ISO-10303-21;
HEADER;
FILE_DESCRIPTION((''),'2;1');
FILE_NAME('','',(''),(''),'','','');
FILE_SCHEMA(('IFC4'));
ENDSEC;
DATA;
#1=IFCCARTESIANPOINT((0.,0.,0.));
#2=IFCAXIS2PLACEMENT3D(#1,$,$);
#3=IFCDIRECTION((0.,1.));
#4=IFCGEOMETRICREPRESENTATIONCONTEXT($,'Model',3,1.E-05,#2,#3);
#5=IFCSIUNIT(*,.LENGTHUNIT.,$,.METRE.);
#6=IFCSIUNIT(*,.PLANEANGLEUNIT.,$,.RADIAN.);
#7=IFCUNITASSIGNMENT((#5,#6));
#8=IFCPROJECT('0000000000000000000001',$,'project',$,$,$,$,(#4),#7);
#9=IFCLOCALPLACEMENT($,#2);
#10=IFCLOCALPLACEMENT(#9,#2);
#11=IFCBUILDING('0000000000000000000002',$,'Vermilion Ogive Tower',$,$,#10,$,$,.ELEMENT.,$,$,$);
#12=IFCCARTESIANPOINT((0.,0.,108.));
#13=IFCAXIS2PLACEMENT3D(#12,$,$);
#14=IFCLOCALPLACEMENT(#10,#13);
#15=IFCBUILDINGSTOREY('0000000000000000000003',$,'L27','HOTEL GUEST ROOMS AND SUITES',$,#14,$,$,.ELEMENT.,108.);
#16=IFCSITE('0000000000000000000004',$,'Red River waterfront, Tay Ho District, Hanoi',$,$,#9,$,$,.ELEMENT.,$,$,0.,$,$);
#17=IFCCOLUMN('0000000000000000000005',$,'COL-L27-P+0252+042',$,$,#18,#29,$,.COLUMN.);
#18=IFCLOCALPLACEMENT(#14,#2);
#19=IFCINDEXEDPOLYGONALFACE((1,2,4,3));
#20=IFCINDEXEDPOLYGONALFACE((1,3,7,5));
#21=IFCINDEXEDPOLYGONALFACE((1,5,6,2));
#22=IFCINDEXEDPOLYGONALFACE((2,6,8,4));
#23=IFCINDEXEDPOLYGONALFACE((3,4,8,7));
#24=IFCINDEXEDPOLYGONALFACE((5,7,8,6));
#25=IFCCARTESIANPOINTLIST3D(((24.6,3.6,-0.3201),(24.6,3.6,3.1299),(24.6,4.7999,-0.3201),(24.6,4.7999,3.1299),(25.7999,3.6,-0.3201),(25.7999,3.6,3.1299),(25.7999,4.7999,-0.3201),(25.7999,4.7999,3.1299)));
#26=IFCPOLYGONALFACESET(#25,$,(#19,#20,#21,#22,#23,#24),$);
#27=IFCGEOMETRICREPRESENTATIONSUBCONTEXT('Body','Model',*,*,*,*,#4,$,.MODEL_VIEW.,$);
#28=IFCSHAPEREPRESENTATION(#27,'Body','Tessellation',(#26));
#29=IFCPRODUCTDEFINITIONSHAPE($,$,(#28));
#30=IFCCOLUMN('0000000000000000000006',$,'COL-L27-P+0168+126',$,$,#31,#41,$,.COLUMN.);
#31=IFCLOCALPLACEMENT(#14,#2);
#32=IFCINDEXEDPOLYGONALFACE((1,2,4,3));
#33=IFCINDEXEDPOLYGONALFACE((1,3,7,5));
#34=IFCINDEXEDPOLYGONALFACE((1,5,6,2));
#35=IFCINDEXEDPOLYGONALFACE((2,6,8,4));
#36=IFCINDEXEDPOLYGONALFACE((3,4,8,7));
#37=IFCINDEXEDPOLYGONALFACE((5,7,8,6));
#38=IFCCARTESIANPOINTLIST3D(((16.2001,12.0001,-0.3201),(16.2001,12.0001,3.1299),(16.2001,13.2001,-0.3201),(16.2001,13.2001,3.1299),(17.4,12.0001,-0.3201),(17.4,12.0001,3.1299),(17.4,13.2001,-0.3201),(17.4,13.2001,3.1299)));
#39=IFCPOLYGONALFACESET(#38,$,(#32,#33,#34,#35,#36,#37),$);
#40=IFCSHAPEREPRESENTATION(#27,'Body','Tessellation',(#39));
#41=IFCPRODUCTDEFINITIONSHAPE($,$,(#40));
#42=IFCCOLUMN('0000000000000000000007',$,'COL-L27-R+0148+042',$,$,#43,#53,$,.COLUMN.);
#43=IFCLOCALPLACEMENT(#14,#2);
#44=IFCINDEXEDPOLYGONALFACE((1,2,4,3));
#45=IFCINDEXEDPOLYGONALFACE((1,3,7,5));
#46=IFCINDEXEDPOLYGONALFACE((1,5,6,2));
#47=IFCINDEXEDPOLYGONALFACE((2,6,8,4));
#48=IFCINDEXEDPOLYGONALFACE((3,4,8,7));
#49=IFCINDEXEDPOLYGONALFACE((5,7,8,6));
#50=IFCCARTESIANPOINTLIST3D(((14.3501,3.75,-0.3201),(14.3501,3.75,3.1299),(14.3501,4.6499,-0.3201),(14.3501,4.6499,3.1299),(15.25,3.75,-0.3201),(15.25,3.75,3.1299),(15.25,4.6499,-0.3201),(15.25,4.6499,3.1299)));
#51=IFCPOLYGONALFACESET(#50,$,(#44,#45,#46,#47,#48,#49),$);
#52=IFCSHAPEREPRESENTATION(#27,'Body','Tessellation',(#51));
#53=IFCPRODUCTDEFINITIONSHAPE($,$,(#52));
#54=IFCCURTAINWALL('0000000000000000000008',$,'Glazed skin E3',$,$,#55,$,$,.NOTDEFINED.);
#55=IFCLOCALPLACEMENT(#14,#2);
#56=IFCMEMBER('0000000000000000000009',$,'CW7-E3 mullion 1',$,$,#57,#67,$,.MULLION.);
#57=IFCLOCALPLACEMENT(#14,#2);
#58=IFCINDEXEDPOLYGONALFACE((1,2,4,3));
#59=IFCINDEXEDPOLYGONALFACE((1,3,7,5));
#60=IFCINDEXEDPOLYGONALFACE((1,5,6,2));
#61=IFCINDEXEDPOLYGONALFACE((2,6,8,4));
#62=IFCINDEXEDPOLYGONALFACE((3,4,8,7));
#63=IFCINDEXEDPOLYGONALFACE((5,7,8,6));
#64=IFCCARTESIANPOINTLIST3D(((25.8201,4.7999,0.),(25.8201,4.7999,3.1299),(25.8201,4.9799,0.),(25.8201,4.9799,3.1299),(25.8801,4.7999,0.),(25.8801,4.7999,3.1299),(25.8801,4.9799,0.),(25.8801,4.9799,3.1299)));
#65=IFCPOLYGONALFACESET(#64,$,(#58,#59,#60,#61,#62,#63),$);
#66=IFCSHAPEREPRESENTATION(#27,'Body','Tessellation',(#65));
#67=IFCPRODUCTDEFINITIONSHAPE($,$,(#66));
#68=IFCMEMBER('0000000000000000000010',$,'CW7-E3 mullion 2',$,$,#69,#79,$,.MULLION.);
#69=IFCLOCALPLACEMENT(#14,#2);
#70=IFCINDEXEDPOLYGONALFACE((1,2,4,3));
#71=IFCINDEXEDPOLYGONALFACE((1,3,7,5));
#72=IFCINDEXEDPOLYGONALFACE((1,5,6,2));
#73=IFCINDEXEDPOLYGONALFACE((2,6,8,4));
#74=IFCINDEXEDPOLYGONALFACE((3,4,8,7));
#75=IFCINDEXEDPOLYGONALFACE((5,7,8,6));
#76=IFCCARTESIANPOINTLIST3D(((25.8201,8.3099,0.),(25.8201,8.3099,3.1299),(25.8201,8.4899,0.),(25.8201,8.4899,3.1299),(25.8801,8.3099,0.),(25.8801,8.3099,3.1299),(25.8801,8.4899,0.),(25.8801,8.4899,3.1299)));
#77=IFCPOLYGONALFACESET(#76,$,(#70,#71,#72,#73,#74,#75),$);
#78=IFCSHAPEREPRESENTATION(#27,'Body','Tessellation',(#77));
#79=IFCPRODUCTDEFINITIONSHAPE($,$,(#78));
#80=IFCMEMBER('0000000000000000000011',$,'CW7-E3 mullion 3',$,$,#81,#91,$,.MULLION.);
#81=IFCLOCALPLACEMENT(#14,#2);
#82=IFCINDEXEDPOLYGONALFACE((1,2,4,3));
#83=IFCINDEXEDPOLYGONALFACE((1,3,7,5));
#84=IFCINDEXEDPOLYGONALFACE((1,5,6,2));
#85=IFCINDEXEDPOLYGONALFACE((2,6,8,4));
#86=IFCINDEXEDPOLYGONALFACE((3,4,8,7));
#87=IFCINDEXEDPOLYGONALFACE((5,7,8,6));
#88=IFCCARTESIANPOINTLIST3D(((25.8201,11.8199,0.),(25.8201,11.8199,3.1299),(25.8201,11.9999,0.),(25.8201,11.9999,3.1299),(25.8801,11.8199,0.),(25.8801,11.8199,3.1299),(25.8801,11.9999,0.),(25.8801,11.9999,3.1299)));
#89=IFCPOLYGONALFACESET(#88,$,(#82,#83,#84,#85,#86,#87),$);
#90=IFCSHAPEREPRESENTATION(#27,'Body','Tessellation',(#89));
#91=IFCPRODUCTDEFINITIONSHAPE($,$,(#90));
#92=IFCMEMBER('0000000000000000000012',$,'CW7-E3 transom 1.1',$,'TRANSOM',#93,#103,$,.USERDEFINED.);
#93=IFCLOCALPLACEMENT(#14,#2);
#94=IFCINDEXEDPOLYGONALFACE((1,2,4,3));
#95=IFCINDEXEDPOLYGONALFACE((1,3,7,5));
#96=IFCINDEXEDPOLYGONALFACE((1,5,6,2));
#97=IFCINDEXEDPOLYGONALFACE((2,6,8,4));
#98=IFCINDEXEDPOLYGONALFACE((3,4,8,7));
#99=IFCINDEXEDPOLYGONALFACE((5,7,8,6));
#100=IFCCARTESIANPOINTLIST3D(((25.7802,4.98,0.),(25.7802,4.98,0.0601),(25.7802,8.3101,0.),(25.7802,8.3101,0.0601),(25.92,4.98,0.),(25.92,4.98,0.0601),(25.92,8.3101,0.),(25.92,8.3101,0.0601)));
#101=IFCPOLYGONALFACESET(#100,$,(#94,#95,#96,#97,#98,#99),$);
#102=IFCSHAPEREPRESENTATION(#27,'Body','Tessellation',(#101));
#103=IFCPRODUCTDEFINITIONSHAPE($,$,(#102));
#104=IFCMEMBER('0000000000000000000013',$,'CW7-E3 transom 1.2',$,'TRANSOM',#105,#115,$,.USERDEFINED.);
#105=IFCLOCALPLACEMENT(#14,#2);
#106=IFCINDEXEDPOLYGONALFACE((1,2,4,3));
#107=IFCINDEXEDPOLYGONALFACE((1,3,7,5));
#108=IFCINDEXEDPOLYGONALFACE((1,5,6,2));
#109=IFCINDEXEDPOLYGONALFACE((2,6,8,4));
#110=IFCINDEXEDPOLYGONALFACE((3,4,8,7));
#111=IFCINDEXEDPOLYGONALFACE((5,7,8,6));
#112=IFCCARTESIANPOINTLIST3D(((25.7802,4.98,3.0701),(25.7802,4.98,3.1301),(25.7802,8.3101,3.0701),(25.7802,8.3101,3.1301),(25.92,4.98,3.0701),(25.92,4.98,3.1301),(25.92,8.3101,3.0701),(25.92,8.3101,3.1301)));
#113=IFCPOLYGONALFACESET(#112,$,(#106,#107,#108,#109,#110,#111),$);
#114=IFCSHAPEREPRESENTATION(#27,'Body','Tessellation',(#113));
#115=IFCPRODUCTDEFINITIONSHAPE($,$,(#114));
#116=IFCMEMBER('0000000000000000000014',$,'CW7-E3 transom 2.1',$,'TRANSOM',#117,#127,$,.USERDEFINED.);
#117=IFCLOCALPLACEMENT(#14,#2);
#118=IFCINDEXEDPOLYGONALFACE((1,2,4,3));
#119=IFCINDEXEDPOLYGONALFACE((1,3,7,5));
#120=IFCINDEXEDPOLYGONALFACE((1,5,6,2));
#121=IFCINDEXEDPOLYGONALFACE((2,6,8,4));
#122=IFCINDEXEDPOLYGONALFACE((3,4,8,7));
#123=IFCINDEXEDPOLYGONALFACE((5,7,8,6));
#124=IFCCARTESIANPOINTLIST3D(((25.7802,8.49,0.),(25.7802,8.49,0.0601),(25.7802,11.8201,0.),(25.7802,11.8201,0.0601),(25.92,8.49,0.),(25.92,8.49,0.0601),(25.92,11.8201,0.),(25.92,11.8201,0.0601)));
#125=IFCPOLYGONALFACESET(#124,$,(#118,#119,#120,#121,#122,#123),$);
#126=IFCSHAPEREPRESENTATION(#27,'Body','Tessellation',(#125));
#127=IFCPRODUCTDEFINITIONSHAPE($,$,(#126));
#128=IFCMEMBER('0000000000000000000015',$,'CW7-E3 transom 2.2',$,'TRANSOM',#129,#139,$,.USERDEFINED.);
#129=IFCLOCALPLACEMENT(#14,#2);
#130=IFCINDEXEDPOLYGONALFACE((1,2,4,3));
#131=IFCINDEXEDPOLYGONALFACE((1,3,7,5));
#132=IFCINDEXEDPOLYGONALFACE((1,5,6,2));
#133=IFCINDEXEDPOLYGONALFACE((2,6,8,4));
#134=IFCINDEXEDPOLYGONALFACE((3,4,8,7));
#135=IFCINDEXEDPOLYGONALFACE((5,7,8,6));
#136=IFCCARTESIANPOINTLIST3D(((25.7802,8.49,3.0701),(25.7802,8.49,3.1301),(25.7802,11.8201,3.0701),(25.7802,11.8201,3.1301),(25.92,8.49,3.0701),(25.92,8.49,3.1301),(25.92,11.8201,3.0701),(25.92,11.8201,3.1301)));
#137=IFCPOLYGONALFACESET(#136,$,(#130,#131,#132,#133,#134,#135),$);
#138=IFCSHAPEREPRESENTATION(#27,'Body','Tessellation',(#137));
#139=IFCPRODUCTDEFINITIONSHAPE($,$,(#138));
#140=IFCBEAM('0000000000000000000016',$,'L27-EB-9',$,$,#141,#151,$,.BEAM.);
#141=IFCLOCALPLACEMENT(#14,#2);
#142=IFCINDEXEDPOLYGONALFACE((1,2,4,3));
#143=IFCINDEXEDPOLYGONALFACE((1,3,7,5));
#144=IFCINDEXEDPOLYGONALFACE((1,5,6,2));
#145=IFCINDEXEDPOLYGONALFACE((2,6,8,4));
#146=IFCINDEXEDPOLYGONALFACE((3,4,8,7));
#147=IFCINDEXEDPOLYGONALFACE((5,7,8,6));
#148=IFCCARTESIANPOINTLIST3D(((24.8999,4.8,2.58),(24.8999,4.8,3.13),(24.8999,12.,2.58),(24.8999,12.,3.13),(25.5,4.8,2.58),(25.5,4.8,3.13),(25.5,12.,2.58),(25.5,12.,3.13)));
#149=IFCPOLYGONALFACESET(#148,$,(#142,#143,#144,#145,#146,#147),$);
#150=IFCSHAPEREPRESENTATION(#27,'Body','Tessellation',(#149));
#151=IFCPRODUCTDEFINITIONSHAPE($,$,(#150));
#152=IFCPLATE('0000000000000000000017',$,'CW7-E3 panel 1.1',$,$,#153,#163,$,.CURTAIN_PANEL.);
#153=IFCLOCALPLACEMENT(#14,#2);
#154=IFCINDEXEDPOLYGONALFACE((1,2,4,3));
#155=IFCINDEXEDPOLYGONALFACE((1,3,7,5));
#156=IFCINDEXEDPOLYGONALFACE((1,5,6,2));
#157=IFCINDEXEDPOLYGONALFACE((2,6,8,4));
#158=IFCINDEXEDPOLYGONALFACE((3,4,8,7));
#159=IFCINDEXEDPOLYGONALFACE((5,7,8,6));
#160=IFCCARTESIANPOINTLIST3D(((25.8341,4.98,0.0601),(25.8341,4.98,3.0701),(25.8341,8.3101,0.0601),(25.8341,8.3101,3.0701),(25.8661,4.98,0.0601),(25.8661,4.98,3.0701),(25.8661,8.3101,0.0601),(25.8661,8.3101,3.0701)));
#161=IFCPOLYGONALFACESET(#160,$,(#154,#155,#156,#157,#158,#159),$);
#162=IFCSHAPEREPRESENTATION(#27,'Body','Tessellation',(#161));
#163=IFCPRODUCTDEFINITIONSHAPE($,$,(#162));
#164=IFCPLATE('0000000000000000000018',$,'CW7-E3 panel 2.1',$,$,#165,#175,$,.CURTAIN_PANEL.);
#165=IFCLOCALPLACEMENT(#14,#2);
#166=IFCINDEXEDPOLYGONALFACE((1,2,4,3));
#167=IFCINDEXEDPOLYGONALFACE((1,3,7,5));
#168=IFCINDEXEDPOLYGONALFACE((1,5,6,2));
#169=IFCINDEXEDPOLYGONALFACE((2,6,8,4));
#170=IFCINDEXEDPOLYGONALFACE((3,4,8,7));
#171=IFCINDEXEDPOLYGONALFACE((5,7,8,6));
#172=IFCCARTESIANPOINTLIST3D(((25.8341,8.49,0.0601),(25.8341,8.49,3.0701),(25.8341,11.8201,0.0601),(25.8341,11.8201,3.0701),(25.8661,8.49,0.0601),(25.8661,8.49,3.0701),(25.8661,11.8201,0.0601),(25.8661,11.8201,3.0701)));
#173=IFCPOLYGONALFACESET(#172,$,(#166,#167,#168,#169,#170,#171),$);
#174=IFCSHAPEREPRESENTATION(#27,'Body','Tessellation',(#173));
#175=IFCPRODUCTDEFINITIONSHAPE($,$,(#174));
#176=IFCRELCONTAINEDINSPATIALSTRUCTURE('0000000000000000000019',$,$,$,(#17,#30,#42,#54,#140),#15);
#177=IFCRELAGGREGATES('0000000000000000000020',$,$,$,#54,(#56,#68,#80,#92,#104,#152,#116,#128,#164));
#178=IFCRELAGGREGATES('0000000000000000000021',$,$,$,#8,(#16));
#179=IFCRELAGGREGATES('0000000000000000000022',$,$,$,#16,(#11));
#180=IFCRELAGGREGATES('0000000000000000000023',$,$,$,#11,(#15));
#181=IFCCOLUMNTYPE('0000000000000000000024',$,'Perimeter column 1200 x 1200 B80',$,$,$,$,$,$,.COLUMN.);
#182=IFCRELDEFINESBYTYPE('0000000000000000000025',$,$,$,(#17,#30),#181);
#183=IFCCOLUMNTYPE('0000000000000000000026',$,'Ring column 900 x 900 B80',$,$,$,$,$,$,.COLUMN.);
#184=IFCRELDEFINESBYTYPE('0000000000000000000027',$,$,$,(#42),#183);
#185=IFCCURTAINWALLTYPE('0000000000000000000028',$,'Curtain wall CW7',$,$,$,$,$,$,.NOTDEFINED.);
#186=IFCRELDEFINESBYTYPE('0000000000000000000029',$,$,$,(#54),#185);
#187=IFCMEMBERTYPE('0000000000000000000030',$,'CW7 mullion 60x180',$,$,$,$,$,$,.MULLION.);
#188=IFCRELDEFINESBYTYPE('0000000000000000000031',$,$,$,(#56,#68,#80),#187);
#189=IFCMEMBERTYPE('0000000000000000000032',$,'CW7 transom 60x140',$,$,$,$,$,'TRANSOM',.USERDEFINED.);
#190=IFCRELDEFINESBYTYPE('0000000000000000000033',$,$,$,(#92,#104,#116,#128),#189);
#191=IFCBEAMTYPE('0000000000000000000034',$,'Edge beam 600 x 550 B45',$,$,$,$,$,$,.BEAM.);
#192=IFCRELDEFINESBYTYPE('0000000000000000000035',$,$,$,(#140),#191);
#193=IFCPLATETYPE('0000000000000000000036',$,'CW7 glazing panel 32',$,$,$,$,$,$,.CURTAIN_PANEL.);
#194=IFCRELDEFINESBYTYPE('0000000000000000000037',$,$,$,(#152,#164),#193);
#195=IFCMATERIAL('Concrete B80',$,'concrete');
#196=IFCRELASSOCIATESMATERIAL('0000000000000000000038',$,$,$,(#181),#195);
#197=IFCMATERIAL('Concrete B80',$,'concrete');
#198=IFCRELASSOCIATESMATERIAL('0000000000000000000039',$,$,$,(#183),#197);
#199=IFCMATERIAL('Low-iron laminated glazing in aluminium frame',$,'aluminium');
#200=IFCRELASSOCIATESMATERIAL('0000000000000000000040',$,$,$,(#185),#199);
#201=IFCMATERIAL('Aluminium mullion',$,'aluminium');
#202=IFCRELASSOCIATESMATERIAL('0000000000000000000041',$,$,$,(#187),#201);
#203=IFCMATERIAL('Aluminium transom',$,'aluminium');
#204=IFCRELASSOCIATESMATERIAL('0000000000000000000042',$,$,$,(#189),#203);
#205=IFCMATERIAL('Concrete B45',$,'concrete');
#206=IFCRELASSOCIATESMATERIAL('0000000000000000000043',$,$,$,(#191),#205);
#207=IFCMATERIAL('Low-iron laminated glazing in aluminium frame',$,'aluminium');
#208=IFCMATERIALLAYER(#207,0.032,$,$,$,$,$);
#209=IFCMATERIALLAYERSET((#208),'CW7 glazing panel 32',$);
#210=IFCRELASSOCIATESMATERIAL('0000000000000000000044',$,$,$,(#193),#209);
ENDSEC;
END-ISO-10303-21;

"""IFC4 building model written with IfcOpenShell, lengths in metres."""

from ifc_helpers import new_model, si_unit, direction, frame, origin, origin_2d, place, context, subcontext, project, spatial, rectangle, extrude, material, layer, layer_set, material_profile, profile_set, type_object, element, aggregate, save


model = new_model("IFC4")

# Units and contexts
model_context = context("Model", 3, precision=1e-05, world=origin(), true_north=direction((0.0, 1.0)))
body_context = subcontext(model_context, "Body", "Model", "MODEL_VIEW")
ifc_project = project(units=[si_unit("LENGTHUNIT", "METRE"), si_unit("PLANEANGLEUNIT", "RADIAN")], contexts=[model_context])

# Site, building, storey
site_placement = place(None, origin())
site = spatial("IfcSite", under=ifc_project, at=site_placement, Name="Red River waterfront, Tay Ho District, Hanoi", CompositionType="ELEMENT", RefElevation=0.0)
building_placement = place(site_placement, origin())
building = spatial("IfcBuilding", under=site, at=building_placement, Name="Vermilion Ogive Tower", CompositionType="ELEMENT")
storey_placement = place(building_placement, frame((0.0, 0.0, 108.0)))
storey = spatial("IfcBuildingStorey", under=building, at=storey_placement, Name="L27", Description="HOTEL GUEST ROOMS AND SUITES", CompositionType="ELEMENT", Elevation=108.0)

# Columns
ifc_material_1 = material(Name="Concrete B80", Category="concrete")
ifc_material_profile_1 = material_profile(ifc_material_1, rectangle(XDim=1.2, YDim=1.2, at=origin_2d()), Name="1200 x 1200")
ifc_profile_set_1 = profile_set([ifc_material_profile_1], Name="Concrete B80")
column_type_1 = type_object("IfcColumnType", Name="Perimeter column 1200 x 1200 B80", PredefinedType="COLUMN", material=ifc_profile_set_1)
for number, where, z_axis, x_axis, name in (
    (1, (25.2, 4.2, -0.3201), (0.0, 0.0, 1.0), (1.0, 0.0, 0.0), "COL-L27-P+0252+042"),
    (2, (16.8, 12.6001, -0.3201), (0.0, 0.0, 1.0), (1.0, 0.0, 0.0), "COL-L27-P+0168+126"),
):
    element("IfcColumn", number, at=place(storey_placement, frame(where, z_axis=z_axis, x_axis=x_axis)), inside=storey, type_object=column_type_1, Name=name, PredefinedType="COLUMN", context=body_context, shape_type="SweptSolid", body=[
        extrude(rectangle(XDim=1.2, YDim=1.2, at=origin_2d()), origin(), (0.0, 0.0, 1.0), 3.45),
    ])
ifc_material_2 = material(Name="Concrete B80", Category="concrete")
ifc_material_profile_2 = material_profile(ifc_material_2, rectangle(XDim=0.8999, YDim=0.8999, at=origin_2d()), Name="900 x 900")
ifc_profile_set_2 = profile_set([ifc_material_profile_2], Name="Concrete B80")
column_type_2 = type_object("IfcColumnType", Name="Ring column 900 x 900 B80", PredefinedType="COLUMN", material=ifc_profile_set_2)
column_placement = place(storey_placement, frame((14.8, 4.2, -0.3201), z_axis=(0.0, 0.0, 1.0), x_axis=(1.0, 0.0, 0.0)))
element("IfcColumn", 3, at=column_placement, inside=storey, type_object=column_type_2, Name="COL-L27-R+0148+042", PredefinedType="COLUMN", context=body_context, shape_type="SweptSolid", body=[
    extrude(rectangle(XDim=0.8999, YDim=0.8999, at=origin_2d()), origin(), (0.0, 0.0, 1.0), 3.45),
])

# Curtain wall, members
ifc_material_3 = material(Name="Low-iron laminated glazing in aluminium frame", Category="aluminium")
curtain_wall_type = type_object("IfcCurtainWallType", Name="Curtain wall CW7", PredefinedType="NOTDEFINED", material=ifc_material_3)
curtain_wall_placement = place(storey_placement, origin())
curtain_wall = element("IfcCurtainWall", 4, at=curtain_wall_placement, inside=storey, type_object=curtain_wall_type, Name="Glazed skin E3", PredefinedType="NOTDEFINED")
ifc_material_4 = material(Name="Aluminium mullion", Category="aluminium")
ifc_material_profile_3 = material_profile(ifc_material_4, rectangle(XDim=0.0601, YDim=0.1799, at=origin_2d()), Name="AL 60x180")
ifc_profile_set_3 = profile_set([ifc_material_profile_3], Name="Aluminium mullion")
member_type_1 = type_object("IfcMemberType", Name="CW7 mullion 60x180", PredefinedType="MULLION", material=ifc_profile_set_3)
member_1_placement = place(storey_placement, frame((25.8501, 4.8899, 0.0), z_axis=(0.0, 0.0, 1.0), x_axis=(-1.0, 0.0, 0.0)))
member_1 = element("IfcMember", 5, at=member_1_placement, type_object=member_type_1, Name="CW7-E3 mullion 1", PredefinedType="MULLION", context=body_context, shape_type="SweptSolid", body=[
    extrude(rectangle(XDim=0.0601, YDim=0.1799, at=origin_2d()), origin(), (0.0, 0.0, 1.0), 3.1299),
])
member_2_placement = place(storey_placement, frame((25.8501, 8.3999, 0.0), z_axis=(0.0, 0.0, 1.0), x_axis=(-1.0, 0.0, 0.0)))
member_2 = element("IfcMember", 6, at=member_2_placement, type_object=member_type_1, Name="CW7-E3 mullion 2", PredefinedType="MULLION", context=body_context, shape_type="SweptSolid", body=[
    extrude(rectangle(XDim=0.0601, YDim=0.1799, at=origin_2d()), origin(), (0.0, 0.0, 1.0), 3.1299),
])
member_3_placement = place(storey_placement, frame((25.8501, 11.9099, 0.0), z_axis=(0.0, 0.0, 1.0), x_axis=(-1.0, 0.0, 0.0)))
member_3 = element("IfcMember", 7, at=member_3_placement, type_object=member_type_1, Name="CW7-E3 mullion 3", PredefinedType="MULLION", context=body_context, shape_type="SweptSolid", body=[
    extrude(rectangle(XDim=0.0601, YDim=0.1799, at=origin_2d()), origin(), (0.0, 0.0, 1.0), 3.1299),
])
ifc_material_5 = material(Name="Aluminium transom", Category="aluminium")
ifc_material_profile_4 = material_profile(ifc_material_5, rectangle(XDim=0.1399, YDim=0.0601, at=origin_2d()), Name="AL 60x140")
ifc_profile_set_4 = profile_set([ifc_material_profile_4], Name="Aluminium transom")
member_type_2 = type_object("IfcMemberType", Name="CW7 transom 60x140", ElementType="TRANSOM", PredefinedType="USERDEFINED", material=ifc_profile_set_4)
member_4_placement = place(storey_placement, frame((25.8501, 4.98, 0.03), z_axis=(0.0, 1.0, 0.0), x_axis=(-1.0, 0.0, 0.0)))
member_4 = element("IfcMember", 8, at=member_4_placement, type_object=member_type_2, Name="CW7-E3 transom 1.1", ObjectType="TRANSOM", PredefinedType="USERDEFINED", context=body_context, shape_type="SweptSolid", body=[
    extrude(rectangle(XDim=0.1399, YDim=0.0601, at=origin_2d()), origin(), (0.0, 0.0, 1.0), 3.3301),
])
member_5_placement = place(storey_placement, frame((25.8501, 4.98, 3.1001), z_axis=(0.0, 1.0, 0.0), x_axis=(-1.0, 0.0, 0.0)))
member_5 = element("IfcMember", 9, at=member_5_placement, type_object=member_type_2, Name="CW7-E3 transom 1.2", ObjectType="TRANSOM", PredefinedType="USERDEFINED", context=body_context, shape_type="SweptSolid", body=[
    extrude(rectangle(XDim=0.1399, YDim=0.0601, at=origin_2d()), origin(), (0.0, 0.0, 1.0), 3.3301),
])
member_6_placement = place(storey_placement, frame((25.8501, 8.49, 0.03), z_axis=(0.0, 1.0, 0.0), x_axis=(-1.0, 0.0, 0.0)))
member_6 = element("IfcMember", 10, at=member_6_placement, type_object=member_type_2, Name="CW7-E3 transom 2.1", ObjectType="TRANSOM", PredefinedType="USERDEFINED", context=body_context, shape_type="SweptSolid", body=[
    extrude(rectangle(XDim=0.1399, YDim=0.0601, at=origin_2d()), origin(), (0.0, 0.0, 1.0), 3.3301),
])
member_7_placement = place(storey_placement, frame((25.8501, 8.49, 3.1001), z_axis=(0.0, 1.0, 0.0), x_axis=(-1.0, 0.0, 0.0)))
member_7 = element("IfcMember", 11, at=member_7_placement, type_object=member_type_2, Name="CW7-E3 transom 2.2", ObjectType="TRANSOM", PredefinedType="USERDEFINED", context=body_context, shape_type="SweptSolid", body=[
    extrude(rectangle(XDim=0.1399, YDim=0.0601, at=origin_2d()), origin(), (0.0, 0.0, 1.0), 3.3301),
])

# Beam
ifc_material_6 = material(Name="Concrete B45", Category="concrete")
ifc_material_profile_5 = material_profile(ifc_material_6, rectangle(XDim=0.6001, YDim=0.55, at=origin_2d()), Name="600 x 550")
ifc_profile_set_5 = profile_set([ifc_material_profile_5], Name="Concrete B45")
beam_type = type_object("IfcBeamType", Name="Edge beam 600 x 550 B45", PredefinedType="BEAM", material=ifc_profile_set_5)
beam_placement = place(storey_placement, frame((25.2, 4.8, 2.855), z_axis=(0.0, 1.0, 0.0), x_axis=(-1.0, 0.0, 0.0)))
element("IfcBeam", 12, at=beam_placement, inside=storey, type_object=beam_type, Name="L27-EB-9", PredefinedType="BEAM", context=body_context, shape_type="SweptSolid", body=[
    extrude(rectangle(XDim=0.6001, YDim=0.55, at=origin_2d()), origin(), (0.0, 0.0, 1.0), 7.2),
])

# Plates
ifc_material_7 = material(Name="Low-iron laminated glazing in aluminium frame", Category="aluminium")
ifc_layer_1 = layer(ifc_material_7, 0.032)
ifc_layer_set_1 = layer_set([ifc_layer_1], Name="CW7 glazing panel 32")
plate_type = type_object("IfcPlateType", Name="CW7 glazing panel 32", PredefinedType="CURTAIN_PANEL", material=ifc_layer_set_1)
plate_1_placement = place(storey_placement, frame((25.8501, 6.645, 0.0601), z_axis=(0.0, 0.0, 1.0), x_axis=(0.0, 1.0, 0.0)))
plate_1 = element("IfcPlate", 13, at=plate_1_placement, type_object=plate_type, Name="CW7-E3 panel 1.1", PredefinedType="CURTAIN_PANEL", context=body_context, shape_type="SweptSolid", body=[
    extrude(rectangle(XDim=3.3301, YDim=0.032, at=origin_2d()), origin(), (0.0, 0.0, 1.0), 3.01),
])
plate_2_placement = place(storey_placement, frame((25.8501, 10.155, 0.0601), z_axis=(0.0, 0.0, 1.0), x_axis=(0.0, 1.0, 0.0)))
plate_2 = element("IfcPlate", 14, at=plate_2_placement, type_object=plate_type, Name="CW7-E3 panel 2.1", PredefinedType="CURTAIN_PANEL", context=body_context, shape_type="SweptSolid", body=[
    extrude(rectangle(XDim=3.3301, YDim=0.032, at=origin_2d()), origin(), (0.0, 0.0, 1.0), 3.01),
])
aggregate(curtain_wall, [member_1, member_2, member_3, member_4, member_5, plate_1, member_6, member_7, plate_2])

save(model, "model.ifc")
